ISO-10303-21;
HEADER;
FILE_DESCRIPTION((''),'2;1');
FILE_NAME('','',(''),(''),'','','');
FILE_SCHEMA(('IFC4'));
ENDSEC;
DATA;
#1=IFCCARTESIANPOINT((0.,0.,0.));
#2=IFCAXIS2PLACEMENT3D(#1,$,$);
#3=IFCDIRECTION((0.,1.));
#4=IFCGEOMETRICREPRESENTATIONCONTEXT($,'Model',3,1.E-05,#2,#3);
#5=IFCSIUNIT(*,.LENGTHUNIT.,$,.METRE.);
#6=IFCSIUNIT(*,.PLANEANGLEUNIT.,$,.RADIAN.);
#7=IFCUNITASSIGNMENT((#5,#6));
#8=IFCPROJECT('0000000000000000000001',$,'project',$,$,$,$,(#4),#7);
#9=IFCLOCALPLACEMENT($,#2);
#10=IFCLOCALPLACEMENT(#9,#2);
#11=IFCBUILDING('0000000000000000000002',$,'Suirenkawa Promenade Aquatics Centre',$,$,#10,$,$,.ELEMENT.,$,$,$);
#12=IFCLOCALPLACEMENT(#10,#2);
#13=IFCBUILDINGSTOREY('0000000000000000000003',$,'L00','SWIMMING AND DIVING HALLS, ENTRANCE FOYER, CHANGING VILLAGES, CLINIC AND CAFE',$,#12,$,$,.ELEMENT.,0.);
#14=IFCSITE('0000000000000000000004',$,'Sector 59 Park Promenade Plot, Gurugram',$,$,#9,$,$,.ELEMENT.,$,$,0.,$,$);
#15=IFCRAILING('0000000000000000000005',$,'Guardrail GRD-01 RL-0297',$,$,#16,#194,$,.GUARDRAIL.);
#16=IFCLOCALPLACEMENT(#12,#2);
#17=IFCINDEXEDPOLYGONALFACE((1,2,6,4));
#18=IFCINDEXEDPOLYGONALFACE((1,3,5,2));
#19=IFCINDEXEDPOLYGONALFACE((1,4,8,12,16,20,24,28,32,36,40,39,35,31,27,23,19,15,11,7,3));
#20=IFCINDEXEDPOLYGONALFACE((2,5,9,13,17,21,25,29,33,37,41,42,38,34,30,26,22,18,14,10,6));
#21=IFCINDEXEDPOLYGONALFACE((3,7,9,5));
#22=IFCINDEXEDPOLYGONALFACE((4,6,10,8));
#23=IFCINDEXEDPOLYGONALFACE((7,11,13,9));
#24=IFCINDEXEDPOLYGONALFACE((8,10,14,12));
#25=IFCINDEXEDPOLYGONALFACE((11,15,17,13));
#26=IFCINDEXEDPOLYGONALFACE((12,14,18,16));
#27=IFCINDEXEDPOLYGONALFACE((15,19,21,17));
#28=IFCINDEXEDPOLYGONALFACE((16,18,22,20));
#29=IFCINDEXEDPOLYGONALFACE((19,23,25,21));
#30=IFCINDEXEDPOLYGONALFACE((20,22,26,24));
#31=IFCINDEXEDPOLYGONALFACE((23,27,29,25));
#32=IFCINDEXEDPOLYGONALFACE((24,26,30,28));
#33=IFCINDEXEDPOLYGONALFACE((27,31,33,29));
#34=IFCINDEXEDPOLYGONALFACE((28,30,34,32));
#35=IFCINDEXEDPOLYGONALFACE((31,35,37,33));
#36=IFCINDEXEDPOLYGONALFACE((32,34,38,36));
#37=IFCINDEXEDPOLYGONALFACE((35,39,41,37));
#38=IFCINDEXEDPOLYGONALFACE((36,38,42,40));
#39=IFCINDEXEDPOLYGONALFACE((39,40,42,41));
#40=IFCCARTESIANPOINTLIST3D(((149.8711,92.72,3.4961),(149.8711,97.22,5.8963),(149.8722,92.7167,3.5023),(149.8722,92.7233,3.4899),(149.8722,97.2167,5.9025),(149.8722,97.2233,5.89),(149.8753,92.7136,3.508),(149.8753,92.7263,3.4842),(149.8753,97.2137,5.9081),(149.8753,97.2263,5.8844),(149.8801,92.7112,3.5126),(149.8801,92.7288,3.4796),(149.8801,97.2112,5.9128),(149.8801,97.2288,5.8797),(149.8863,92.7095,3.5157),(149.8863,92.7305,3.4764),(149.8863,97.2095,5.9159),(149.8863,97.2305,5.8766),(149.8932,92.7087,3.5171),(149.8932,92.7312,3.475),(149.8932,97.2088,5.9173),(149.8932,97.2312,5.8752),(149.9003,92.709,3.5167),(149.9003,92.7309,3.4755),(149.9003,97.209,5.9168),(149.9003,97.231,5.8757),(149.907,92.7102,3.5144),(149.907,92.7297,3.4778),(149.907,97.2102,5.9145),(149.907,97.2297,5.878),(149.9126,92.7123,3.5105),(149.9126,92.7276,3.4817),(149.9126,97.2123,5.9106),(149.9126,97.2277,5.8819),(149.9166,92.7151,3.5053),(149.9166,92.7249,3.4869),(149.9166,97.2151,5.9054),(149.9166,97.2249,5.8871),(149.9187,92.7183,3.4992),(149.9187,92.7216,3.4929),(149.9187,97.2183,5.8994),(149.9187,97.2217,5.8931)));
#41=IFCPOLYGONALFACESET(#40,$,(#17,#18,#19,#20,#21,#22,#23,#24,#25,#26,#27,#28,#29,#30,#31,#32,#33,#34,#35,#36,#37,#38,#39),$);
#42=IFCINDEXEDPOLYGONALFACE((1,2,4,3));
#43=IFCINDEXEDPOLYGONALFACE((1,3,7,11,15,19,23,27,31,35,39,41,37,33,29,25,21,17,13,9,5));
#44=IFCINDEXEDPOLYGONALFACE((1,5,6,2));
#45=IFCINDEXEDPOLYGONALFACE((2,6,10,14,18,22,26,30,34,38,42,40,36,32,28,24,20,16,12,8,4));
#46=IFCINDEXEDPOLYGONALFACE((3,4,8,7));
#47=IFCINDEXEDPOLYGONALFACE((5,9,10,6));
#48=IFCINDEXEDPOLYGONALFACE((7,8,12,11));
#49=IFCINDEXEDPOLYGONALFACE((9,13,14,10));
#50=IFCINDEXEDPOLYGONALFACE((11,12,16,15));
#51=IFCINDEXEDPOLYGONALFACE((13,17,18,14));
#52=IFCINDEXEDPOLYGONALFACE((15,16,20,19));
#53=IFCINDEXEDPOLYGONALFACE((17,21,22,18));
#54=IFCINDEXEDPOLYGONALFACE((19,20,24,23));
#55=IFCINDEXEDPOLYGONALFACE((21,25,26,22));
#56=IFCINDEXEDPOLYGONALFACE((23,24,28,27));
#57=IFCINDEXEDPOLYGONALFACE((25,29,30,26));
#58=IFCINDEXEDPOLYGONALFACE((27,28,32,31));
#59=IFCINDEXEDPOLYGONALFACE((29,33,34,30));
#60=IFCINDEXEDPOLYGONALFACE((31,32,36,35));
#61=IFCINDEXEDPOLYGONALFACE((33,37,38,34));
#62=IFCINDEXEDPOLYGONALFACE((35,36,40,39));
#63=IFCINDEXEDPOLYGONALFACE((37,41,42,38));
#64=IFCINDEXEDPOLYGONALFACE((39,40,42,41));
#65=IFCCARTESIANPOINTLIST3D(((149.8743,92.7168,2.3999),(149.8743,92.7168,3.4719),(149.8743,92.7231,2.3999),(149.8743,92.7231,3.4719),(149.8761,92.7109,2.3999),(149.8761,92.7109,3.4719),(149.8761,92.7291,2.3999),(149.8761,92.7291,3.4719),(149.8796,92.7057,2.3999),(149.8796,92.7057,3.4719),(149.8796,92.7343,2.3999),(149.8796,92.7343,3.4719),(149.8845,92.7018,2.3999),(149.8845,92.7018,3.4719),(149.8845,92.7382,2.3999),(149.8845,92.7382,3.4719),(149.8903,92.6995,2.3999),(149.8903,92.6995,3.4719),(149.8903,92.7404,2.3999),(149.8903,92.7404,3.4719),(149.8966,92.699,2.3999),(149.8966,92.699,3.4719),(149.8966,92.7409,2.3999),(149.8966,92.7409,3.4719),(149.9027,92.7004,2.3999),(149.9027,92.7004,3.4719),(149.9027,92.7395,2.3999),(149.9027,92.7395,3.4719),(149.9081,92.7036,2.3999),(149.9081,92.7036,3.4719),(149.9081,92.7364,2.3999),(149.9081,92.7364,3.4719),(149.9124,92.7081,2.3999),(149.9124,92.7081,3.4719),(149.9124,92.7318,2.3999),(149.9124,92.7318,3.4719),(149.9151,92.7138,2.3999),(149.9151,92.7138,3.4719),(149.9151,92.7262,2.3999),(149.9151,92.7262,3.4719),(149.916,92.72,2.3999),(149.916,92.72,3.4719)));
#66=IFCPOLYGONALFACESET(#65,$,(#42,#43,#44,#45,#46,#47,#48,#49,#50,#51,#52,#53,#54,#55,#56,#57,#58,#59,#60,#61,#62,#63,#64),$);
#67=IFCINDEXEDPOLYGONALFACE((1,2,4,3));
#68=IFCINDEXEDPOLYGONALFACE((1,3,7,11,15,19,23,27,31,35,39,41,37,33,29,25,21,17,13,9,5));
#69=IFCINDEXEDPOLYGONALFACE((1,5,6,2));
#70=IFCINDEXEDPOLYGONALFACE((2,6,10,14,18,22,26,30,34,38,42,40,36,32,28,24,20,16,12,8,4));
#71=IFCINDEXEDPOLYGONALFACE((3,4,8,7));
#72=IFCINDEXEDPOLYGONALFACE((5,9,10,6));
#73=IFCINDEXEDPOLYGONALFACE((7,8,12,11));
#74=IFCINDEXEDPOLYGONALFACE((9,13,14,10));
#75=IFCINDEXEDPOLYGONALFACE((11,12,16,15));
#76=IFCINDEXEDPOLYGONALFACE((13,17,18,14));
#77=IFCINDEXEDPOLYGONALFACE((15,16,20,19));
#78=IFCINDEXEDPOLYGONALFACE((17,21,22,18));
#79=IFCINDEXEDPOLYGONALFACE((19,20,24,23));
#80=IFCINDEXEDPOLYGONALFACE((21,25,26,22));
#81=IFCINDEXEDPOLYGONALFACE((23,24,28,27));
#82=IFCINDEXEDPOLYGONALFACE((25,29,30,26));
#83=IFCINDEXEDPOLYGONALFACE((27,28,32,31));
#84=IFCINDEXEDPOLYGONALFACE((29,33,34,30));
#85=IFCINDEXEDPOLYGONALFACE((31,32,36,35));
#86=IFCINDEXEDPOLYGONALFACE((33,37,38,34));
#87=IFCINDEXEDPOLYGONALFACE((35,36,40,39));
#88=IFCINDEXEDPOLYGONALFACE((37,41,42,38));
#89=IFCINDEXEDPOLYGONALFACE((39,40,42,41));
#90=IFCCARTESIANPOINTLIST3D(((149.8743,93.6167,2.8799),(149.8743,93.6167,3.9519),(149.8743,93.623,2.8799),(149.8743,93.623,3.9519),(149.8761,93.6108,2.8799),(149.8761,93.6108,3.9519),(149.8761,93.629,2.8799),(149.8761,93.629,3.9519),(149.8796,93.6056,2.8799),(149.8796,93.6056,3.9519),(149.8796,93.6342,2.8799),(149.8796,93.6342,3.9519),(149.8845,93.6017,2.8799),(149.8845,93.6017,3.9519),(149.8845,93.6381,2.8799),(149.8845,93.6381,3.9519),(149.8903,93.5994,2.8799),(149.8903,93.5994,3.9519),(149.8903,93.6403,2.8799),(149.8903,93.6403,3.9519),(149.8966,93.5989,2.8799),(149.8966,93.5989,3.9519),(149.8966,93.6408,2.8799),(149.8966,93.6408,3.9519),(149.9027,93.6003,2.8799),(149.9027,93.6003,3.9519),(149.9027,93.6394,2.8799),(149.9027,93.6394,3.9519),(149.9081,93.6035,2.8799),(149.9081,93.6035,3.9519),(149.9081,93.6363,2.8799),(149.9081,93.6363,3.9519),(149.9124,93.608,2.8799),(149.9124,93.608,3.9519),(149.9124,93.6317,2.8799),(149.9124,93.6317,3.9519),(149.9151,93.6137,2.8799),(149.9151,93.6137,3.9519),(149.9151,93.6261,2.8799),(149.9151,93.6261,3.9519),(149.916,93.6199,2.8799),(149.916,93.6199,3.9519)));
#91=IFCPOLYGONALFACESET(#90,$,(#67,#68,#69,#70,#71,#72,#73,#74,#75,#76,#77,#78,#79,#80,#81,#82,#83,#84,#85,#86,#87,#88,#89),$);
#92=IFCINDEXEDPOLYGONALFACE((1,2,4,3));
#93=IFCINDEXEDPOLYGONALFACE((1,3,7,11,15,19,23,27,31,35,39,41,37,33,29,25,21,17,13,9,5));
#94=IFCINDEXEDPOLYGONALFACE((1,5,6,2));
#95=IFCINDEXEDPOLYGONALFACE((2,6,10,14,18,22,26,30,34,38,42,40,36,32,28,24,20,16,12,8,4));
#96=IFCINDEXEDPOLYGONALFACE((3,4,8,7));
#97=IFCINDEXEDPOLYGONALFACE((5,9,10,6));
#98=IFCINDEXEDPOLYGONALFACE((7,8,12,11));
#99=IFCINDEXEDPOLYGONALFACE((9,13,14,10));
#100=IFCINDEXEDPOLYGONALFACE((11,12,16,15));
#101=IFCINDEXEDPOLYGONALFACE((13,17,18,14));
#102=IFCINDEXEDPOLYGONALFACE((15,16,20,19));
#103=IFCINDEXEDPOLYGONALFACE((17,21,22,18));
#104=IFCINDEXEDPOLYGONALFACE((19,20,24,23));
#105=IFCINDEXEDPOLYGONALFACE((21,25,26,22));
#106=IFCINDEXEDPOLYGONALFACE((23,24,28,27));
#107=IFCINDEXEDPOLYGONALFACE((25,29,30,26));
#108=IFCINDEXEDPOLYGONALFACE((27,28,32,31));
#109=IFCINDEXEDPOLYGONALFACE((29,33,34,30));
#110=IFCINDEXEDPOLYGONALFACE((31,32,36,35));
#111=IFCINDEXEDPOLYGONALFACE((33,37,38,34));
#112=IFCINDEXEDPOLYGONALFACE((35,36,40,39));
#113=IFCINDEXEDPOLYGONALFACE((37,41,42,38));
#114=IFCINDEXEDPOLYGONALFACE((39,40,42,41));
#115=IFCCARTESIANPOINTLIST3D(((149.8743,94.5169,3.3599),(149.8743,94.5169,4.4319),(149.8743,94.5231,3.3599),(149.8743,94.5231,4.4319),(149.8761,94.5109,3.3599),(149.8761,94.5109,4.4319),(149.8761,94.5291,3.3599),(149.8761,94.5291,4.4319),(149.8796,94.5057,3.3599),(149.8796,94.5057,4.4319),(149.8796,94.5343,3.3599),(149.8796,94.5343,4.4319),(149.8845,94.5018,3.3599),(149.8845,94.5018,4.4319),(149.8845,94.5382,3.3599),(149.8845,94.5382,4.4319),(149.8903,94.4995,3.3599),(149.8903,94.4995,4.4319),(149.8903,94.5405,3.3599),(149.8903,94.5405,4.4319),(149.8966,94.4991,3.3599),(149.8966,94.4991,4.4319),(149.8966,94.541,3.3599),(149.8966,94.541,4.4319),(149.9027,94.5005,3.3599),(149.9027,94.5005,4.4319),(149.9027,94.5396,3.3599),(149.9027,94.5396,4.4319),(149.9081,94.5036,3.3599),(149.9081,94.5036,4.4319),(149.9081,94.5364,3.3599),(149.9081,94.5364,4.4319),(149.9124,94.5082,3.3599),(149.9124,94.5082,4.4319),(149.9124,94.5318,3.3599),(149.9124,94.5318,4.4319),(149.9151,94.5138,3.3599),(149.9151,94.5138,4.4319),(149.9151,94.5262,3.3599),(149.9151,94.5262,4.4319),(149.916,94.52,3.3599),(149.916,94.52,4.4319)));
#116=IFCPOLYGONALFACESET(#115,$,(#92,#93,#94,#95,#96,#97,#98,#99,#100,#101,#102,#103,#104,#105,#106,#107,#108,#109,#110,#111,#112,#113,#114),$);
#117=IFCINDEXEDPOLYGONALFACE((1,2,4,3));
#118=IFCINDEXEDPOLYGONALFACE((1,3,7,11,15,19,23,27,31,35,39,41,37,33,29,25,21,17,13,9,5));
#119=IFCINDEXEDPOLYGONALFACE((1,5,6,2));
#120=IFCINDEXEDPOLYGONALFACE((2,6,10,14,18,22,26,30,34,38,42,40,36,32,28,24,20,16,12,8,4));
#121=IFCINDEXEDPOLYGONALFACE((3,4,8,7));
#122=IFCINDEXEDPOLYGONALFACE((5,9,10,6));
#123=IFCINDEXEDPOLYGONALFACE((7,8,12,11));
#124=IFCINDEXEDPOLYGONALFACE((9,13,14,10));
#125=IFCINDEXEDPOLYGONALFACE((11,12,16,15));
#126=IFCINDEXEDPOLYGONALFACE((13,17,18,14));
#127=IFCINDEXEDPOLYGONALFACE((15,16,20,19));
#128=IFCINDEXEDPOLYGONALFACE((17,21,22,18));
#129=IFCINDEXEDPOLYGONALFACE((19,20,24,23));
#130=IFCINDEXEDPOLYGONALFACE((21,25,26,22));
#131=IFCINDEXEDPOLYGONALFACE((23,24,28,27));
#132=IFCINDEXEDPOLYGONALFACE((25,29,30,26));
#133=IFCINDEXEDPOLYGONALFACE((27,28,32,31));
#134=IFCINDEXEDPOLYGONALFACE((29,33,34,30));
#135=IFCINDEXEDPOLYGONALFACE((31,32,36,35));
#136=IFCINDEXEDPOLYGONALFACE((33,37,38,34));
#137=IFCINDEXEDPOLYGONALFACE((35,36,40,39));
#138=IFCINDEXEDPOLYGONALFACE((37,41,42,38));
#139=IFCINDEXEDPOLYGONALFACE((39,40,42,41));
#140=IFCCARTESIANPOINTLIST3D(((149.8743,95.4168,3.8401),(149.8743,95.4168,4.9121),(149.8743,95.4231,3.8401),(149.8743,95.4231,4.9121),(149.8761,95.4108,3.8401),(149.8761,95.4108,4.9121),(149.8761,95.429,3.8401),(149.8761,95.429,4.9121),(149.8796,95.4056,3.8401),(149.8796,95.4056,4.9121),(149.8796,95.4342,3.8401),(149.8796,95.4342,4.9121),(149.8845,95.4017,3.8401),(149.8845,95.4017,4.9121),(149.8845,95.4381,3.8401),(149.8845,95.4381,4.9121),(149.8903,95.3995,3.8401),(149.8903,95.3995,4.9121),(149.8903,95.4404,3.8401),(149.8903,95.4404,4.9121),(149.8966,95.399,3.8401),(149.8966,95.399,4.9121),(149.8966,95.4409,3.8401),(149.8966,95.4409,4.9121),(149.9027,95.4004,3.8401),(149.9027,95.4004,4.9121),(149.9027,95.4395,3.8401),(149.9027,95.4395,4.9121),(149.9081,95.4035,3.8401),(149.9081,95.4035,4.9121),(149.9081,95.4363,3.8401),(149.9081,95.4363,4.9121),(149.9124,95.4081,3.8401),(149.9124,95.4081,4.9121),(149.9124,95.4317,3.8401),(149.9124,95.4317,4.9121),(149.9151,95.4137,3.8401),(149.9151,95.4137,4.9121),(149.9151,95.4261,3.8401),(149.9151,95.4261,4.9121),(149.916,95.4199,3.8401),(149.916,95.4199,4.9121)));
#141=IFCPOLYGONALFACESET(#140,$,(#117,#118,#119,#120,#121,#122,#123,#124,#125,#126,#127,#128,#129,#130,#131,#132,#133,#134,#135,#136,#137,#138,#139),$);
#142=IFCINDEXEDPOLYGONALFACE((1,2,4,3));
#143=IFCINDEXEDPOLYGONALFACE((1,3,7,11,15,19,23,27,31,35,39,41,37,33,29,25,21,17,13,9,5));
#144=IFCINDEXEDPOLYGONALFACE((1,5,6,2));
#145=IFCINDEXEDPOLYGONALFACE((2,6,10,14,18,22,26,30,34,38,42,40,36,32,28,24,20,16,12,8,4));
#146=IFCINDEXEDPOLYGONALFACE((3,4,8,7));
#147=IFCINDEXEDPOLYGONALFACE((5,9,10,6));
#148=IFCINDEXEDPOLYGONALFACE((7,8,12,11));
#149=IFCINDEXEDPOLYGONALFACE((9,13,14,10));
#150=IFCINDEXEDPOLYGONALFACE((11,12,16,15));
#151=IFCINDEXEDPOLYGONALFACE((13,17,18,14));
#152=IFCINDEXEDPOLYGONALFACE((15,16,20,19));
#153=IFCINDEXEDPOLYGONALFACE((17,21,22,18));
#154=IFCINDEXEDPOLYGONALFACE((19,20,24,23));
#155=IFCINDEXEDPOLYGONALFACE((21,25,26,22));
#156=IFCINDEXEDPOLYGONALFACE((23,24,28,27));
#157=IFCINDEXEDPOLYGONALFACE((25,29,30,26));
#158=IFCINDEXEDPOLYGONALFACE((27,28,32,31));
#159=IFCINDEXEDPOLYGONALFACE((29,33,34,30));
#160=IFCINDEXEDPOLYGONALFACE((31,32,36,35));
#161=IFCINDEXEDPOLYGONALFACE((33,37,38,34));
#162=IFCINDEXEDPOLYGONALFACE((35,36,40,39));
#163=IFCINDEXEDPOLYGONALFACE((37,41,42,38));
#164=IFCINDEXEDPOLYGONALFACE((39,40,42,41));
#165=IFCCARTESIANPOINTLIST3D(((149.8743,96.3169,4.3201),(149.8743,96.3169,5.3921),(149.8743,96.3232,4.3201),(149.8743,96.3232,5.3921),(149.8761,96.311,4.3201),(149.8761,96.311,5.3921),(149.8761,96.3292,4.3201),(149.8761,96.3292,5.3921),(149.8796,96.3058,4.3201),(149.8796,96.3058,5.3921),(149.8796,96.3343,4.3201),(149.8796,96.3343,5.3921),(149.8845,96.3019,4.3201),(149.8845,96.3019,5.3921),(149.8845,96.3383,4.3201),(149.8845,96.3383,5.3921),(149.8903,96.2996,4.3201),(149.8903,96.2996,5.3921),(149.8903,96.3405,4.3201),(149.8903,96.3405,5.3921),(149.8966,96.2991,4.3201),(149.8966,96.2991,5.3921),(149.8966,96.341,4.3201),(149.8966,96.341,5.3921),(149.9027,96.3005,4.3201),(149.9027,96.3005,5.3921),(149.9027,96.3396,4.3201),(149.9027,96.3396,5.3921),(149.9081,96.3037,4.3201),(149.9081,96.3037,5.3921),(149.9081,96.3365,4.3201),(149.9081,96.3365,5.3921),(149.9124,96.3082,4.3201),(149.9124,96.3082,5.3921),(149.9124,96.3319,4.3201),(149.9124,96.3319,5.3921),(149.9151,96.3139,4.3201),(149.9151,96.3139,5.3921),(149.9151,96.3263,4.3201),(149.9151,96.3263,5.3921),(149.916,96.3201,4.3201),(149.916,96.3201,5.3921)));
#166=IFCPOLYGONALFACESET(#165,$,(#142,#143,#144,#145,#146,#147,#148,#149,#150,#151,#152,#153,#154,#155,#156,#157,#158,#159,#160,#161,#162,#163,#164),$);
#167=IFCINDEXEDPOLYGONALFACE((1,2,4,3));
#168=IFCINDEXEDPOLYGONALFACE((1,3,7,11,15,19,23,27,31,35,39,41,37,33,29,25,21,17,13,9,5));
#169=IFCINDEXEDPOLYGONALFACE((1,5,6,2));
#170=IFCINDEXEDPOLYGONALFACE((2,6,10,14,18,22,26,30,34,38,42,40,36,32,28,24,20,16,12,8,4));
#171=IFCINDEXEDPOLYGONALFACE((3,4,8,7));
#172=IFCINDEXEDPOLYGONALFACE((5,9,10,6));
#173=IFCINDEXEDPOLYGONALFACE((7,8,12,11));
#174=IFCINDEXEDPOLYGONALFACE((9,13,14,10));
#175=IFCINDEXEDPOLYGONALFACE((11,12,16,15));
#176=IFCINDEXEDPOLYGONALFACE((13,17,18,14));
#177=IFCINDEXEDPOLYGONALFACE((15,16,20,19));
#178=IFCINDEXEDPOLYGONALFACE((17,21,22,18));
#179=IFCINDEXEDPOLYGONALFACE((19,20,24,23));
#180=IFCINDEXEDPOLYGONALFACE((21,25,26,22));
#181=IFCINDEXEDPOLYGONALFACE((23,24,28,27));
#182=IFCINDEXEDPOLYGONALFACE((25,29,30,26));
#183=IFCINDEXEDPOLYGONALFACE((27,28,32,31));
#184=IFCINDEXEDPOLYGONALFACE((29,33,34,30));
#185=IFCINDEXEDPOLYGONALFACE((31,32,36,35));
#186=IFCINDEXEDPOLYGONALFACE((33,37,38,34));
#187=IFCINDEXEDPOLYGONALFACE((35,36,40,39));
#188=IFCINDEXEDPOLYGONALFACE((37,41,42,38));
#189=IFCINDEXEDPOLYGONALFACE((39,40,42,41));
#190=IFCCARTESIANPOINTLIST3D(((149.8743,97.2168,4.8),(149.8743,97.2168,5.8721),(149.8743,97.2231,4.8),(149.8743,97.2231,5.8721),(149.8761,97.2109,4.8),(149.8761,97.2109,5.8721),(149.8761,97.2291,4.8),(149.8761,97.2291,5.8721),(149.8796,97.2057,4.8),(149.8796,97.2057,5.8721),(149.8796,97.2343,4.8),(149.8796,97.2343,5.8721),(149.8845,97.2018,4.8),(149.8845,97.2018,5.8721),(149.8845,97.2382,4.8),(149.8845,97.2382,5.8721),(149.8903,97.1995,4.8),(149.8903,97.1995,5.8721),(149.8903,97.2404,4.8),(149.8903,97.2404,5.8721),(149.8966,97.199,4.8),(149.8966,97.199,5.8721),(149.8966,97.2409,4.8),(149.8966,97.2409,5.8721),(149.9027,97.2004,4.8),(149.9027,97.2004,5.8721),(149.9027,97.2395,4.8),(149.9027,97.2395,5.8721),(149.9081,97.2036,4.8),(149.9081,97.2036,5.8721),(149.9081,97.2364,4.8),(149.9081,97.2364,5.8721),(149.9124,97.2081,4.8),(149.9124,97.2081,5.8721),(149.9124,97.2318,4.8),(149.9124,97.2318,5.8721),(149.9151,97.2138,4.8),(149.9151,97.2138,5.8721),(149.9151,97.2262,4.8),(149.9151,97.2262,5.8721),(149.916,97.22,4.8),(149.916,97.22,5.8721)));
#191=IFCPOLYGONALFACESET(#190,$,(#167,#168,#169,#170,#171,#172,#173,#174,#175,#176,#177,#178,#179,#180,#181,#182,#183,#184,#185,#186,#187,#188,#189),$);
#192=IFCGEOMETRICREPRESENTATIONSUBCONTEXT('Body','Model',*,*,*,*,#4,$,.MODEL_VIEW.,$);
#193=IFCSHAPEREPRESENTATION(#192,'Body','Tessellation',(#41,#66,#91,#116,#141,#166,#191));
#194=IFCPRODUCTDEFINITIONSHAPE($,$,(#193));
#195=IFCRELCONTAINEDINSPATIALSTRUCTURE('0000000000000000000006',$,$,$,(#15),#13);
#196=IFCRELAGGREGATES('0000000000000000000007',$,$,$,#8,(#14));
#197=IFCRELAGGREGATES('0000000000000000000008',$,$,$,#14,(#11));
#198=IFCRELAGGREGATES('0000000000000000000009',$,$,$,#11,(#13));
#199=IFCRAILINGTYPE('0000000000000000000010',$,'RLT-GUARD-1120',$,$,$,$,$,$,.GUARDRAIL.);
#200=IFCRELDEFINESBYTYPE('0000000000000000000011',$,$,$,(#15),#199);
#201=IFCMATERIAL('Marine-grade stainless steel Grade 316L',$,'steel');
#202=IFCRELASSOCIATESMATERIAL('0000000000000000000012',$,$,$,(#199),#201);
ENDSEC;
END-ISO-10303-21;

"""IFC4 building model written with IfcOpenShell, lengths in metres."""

from ifc_helpers import new_model, si_unit, direction, frame, origin, origin_2d, place, context, subcontext, project, spatial, circle, extrude, material, type_object, element, save


model = new_model("IFC4")

# Units and contexts
model_context = context("Model", 3, precision=1e-05, world=origin(), true_north=direction((0.0, 1.0)))
body_context = subcontext(model_context, "Body", "Model", "MODEL_VIEW")
ifc_project = project(units=[si_unit("LENGTHUNIT", "METRE"), si_unit("PLANEANGLEUNIT", "RADIAN")], contexts=[model_context])

# Site, building, storey
site_placement = place(None, origin())
site = spatial("IfcSite", under=ifc_project, at=site_placement, Name="Sector 59 Park Promenade Plot, Gurugram", CompositionType="ELEMENT", RefElevation=0.0)
building_placement = place(site_placement, origin())
building = spatial("IfcBuilding", under=site, at=building_placement, Name="Suirenkawa Promenade Aquatics Centre", CompositionType="ELEMENT")
storey_placement = place(building_placement, origin())
storey = spatial("IfcBuildingStorey", under=building, at=storey_placement, Name="L00", Description="SWIMMING AND DIVING HALLS, ENTRANCE FOYER, CHANGING VILLAGES, CLINIC AND CAFE", CompositionType="ELEMENT", Elevation=0.0)

# Railing
ifc_material_1 = material(Name="Marine-grade stainless steel Grade 316L", Category="steel")
railing_type_1 = type_object("IfcRailingType", Name="RLT-GUARD-1120", PredefinedType="GUARDRAIL", material=ifc_material_1)
for number, where, name in (
    (1, (149.895, 92.72, 2.3999), "Guardrail GRD-01 RL-0297"),
):
    element("IfcRailing", number, at=place(storey_placement, frame(where)), inside=storey, type_object=railing_type_1, Name=name, PredefinedType="GUARDRAIL", context=body_context, shape_type="SweptSolid", body=[
        extrude(circle(Radius=0.0239, at=origin_2d()), frame((0.0, 0.0, 1.0962), z_axis=(0.0, 0.882341, 0.470611), x_axis=(-1.0, 0.0, 0.0)), (0.0, 0.0, 1.0), 5.1001),
        extrude(circle(Radius=0.021, at=origin_2d()), origin(), (0.0, 0.0, 1.0), 1.072),
        extrude(circle(Radius=0.021, at=origin_2d()), frame((0.0, 0.8999, 0.48)), (0.0, 0.0, 1.0), 1.072),
        extrude(circle(Radius=0.021, at=origin_2d()), frame((0.0, 1.8, 0.96)), (0.0, 0.0, 1.0), 1.072),
        extrude(circle(Radius=0.021, at=origin_2d()), frame((0.0, 2.7, 1.4402)), (0.0, 0.0, 1.0), 1.072),
        extrude(circle(Radius=0.021, at=origin_2d()), frame((0.0, 3.6001, 1.9202)), (0.0, 0.0, 1.0), 1.072),
        extrude(circle(Radius=0.021, at=origin_2d()), frame((0.0, 4.5, 2.4001)), (0.0, 0.0, 1.0), 1.072),
    ])

save(model, "model.ifc")
